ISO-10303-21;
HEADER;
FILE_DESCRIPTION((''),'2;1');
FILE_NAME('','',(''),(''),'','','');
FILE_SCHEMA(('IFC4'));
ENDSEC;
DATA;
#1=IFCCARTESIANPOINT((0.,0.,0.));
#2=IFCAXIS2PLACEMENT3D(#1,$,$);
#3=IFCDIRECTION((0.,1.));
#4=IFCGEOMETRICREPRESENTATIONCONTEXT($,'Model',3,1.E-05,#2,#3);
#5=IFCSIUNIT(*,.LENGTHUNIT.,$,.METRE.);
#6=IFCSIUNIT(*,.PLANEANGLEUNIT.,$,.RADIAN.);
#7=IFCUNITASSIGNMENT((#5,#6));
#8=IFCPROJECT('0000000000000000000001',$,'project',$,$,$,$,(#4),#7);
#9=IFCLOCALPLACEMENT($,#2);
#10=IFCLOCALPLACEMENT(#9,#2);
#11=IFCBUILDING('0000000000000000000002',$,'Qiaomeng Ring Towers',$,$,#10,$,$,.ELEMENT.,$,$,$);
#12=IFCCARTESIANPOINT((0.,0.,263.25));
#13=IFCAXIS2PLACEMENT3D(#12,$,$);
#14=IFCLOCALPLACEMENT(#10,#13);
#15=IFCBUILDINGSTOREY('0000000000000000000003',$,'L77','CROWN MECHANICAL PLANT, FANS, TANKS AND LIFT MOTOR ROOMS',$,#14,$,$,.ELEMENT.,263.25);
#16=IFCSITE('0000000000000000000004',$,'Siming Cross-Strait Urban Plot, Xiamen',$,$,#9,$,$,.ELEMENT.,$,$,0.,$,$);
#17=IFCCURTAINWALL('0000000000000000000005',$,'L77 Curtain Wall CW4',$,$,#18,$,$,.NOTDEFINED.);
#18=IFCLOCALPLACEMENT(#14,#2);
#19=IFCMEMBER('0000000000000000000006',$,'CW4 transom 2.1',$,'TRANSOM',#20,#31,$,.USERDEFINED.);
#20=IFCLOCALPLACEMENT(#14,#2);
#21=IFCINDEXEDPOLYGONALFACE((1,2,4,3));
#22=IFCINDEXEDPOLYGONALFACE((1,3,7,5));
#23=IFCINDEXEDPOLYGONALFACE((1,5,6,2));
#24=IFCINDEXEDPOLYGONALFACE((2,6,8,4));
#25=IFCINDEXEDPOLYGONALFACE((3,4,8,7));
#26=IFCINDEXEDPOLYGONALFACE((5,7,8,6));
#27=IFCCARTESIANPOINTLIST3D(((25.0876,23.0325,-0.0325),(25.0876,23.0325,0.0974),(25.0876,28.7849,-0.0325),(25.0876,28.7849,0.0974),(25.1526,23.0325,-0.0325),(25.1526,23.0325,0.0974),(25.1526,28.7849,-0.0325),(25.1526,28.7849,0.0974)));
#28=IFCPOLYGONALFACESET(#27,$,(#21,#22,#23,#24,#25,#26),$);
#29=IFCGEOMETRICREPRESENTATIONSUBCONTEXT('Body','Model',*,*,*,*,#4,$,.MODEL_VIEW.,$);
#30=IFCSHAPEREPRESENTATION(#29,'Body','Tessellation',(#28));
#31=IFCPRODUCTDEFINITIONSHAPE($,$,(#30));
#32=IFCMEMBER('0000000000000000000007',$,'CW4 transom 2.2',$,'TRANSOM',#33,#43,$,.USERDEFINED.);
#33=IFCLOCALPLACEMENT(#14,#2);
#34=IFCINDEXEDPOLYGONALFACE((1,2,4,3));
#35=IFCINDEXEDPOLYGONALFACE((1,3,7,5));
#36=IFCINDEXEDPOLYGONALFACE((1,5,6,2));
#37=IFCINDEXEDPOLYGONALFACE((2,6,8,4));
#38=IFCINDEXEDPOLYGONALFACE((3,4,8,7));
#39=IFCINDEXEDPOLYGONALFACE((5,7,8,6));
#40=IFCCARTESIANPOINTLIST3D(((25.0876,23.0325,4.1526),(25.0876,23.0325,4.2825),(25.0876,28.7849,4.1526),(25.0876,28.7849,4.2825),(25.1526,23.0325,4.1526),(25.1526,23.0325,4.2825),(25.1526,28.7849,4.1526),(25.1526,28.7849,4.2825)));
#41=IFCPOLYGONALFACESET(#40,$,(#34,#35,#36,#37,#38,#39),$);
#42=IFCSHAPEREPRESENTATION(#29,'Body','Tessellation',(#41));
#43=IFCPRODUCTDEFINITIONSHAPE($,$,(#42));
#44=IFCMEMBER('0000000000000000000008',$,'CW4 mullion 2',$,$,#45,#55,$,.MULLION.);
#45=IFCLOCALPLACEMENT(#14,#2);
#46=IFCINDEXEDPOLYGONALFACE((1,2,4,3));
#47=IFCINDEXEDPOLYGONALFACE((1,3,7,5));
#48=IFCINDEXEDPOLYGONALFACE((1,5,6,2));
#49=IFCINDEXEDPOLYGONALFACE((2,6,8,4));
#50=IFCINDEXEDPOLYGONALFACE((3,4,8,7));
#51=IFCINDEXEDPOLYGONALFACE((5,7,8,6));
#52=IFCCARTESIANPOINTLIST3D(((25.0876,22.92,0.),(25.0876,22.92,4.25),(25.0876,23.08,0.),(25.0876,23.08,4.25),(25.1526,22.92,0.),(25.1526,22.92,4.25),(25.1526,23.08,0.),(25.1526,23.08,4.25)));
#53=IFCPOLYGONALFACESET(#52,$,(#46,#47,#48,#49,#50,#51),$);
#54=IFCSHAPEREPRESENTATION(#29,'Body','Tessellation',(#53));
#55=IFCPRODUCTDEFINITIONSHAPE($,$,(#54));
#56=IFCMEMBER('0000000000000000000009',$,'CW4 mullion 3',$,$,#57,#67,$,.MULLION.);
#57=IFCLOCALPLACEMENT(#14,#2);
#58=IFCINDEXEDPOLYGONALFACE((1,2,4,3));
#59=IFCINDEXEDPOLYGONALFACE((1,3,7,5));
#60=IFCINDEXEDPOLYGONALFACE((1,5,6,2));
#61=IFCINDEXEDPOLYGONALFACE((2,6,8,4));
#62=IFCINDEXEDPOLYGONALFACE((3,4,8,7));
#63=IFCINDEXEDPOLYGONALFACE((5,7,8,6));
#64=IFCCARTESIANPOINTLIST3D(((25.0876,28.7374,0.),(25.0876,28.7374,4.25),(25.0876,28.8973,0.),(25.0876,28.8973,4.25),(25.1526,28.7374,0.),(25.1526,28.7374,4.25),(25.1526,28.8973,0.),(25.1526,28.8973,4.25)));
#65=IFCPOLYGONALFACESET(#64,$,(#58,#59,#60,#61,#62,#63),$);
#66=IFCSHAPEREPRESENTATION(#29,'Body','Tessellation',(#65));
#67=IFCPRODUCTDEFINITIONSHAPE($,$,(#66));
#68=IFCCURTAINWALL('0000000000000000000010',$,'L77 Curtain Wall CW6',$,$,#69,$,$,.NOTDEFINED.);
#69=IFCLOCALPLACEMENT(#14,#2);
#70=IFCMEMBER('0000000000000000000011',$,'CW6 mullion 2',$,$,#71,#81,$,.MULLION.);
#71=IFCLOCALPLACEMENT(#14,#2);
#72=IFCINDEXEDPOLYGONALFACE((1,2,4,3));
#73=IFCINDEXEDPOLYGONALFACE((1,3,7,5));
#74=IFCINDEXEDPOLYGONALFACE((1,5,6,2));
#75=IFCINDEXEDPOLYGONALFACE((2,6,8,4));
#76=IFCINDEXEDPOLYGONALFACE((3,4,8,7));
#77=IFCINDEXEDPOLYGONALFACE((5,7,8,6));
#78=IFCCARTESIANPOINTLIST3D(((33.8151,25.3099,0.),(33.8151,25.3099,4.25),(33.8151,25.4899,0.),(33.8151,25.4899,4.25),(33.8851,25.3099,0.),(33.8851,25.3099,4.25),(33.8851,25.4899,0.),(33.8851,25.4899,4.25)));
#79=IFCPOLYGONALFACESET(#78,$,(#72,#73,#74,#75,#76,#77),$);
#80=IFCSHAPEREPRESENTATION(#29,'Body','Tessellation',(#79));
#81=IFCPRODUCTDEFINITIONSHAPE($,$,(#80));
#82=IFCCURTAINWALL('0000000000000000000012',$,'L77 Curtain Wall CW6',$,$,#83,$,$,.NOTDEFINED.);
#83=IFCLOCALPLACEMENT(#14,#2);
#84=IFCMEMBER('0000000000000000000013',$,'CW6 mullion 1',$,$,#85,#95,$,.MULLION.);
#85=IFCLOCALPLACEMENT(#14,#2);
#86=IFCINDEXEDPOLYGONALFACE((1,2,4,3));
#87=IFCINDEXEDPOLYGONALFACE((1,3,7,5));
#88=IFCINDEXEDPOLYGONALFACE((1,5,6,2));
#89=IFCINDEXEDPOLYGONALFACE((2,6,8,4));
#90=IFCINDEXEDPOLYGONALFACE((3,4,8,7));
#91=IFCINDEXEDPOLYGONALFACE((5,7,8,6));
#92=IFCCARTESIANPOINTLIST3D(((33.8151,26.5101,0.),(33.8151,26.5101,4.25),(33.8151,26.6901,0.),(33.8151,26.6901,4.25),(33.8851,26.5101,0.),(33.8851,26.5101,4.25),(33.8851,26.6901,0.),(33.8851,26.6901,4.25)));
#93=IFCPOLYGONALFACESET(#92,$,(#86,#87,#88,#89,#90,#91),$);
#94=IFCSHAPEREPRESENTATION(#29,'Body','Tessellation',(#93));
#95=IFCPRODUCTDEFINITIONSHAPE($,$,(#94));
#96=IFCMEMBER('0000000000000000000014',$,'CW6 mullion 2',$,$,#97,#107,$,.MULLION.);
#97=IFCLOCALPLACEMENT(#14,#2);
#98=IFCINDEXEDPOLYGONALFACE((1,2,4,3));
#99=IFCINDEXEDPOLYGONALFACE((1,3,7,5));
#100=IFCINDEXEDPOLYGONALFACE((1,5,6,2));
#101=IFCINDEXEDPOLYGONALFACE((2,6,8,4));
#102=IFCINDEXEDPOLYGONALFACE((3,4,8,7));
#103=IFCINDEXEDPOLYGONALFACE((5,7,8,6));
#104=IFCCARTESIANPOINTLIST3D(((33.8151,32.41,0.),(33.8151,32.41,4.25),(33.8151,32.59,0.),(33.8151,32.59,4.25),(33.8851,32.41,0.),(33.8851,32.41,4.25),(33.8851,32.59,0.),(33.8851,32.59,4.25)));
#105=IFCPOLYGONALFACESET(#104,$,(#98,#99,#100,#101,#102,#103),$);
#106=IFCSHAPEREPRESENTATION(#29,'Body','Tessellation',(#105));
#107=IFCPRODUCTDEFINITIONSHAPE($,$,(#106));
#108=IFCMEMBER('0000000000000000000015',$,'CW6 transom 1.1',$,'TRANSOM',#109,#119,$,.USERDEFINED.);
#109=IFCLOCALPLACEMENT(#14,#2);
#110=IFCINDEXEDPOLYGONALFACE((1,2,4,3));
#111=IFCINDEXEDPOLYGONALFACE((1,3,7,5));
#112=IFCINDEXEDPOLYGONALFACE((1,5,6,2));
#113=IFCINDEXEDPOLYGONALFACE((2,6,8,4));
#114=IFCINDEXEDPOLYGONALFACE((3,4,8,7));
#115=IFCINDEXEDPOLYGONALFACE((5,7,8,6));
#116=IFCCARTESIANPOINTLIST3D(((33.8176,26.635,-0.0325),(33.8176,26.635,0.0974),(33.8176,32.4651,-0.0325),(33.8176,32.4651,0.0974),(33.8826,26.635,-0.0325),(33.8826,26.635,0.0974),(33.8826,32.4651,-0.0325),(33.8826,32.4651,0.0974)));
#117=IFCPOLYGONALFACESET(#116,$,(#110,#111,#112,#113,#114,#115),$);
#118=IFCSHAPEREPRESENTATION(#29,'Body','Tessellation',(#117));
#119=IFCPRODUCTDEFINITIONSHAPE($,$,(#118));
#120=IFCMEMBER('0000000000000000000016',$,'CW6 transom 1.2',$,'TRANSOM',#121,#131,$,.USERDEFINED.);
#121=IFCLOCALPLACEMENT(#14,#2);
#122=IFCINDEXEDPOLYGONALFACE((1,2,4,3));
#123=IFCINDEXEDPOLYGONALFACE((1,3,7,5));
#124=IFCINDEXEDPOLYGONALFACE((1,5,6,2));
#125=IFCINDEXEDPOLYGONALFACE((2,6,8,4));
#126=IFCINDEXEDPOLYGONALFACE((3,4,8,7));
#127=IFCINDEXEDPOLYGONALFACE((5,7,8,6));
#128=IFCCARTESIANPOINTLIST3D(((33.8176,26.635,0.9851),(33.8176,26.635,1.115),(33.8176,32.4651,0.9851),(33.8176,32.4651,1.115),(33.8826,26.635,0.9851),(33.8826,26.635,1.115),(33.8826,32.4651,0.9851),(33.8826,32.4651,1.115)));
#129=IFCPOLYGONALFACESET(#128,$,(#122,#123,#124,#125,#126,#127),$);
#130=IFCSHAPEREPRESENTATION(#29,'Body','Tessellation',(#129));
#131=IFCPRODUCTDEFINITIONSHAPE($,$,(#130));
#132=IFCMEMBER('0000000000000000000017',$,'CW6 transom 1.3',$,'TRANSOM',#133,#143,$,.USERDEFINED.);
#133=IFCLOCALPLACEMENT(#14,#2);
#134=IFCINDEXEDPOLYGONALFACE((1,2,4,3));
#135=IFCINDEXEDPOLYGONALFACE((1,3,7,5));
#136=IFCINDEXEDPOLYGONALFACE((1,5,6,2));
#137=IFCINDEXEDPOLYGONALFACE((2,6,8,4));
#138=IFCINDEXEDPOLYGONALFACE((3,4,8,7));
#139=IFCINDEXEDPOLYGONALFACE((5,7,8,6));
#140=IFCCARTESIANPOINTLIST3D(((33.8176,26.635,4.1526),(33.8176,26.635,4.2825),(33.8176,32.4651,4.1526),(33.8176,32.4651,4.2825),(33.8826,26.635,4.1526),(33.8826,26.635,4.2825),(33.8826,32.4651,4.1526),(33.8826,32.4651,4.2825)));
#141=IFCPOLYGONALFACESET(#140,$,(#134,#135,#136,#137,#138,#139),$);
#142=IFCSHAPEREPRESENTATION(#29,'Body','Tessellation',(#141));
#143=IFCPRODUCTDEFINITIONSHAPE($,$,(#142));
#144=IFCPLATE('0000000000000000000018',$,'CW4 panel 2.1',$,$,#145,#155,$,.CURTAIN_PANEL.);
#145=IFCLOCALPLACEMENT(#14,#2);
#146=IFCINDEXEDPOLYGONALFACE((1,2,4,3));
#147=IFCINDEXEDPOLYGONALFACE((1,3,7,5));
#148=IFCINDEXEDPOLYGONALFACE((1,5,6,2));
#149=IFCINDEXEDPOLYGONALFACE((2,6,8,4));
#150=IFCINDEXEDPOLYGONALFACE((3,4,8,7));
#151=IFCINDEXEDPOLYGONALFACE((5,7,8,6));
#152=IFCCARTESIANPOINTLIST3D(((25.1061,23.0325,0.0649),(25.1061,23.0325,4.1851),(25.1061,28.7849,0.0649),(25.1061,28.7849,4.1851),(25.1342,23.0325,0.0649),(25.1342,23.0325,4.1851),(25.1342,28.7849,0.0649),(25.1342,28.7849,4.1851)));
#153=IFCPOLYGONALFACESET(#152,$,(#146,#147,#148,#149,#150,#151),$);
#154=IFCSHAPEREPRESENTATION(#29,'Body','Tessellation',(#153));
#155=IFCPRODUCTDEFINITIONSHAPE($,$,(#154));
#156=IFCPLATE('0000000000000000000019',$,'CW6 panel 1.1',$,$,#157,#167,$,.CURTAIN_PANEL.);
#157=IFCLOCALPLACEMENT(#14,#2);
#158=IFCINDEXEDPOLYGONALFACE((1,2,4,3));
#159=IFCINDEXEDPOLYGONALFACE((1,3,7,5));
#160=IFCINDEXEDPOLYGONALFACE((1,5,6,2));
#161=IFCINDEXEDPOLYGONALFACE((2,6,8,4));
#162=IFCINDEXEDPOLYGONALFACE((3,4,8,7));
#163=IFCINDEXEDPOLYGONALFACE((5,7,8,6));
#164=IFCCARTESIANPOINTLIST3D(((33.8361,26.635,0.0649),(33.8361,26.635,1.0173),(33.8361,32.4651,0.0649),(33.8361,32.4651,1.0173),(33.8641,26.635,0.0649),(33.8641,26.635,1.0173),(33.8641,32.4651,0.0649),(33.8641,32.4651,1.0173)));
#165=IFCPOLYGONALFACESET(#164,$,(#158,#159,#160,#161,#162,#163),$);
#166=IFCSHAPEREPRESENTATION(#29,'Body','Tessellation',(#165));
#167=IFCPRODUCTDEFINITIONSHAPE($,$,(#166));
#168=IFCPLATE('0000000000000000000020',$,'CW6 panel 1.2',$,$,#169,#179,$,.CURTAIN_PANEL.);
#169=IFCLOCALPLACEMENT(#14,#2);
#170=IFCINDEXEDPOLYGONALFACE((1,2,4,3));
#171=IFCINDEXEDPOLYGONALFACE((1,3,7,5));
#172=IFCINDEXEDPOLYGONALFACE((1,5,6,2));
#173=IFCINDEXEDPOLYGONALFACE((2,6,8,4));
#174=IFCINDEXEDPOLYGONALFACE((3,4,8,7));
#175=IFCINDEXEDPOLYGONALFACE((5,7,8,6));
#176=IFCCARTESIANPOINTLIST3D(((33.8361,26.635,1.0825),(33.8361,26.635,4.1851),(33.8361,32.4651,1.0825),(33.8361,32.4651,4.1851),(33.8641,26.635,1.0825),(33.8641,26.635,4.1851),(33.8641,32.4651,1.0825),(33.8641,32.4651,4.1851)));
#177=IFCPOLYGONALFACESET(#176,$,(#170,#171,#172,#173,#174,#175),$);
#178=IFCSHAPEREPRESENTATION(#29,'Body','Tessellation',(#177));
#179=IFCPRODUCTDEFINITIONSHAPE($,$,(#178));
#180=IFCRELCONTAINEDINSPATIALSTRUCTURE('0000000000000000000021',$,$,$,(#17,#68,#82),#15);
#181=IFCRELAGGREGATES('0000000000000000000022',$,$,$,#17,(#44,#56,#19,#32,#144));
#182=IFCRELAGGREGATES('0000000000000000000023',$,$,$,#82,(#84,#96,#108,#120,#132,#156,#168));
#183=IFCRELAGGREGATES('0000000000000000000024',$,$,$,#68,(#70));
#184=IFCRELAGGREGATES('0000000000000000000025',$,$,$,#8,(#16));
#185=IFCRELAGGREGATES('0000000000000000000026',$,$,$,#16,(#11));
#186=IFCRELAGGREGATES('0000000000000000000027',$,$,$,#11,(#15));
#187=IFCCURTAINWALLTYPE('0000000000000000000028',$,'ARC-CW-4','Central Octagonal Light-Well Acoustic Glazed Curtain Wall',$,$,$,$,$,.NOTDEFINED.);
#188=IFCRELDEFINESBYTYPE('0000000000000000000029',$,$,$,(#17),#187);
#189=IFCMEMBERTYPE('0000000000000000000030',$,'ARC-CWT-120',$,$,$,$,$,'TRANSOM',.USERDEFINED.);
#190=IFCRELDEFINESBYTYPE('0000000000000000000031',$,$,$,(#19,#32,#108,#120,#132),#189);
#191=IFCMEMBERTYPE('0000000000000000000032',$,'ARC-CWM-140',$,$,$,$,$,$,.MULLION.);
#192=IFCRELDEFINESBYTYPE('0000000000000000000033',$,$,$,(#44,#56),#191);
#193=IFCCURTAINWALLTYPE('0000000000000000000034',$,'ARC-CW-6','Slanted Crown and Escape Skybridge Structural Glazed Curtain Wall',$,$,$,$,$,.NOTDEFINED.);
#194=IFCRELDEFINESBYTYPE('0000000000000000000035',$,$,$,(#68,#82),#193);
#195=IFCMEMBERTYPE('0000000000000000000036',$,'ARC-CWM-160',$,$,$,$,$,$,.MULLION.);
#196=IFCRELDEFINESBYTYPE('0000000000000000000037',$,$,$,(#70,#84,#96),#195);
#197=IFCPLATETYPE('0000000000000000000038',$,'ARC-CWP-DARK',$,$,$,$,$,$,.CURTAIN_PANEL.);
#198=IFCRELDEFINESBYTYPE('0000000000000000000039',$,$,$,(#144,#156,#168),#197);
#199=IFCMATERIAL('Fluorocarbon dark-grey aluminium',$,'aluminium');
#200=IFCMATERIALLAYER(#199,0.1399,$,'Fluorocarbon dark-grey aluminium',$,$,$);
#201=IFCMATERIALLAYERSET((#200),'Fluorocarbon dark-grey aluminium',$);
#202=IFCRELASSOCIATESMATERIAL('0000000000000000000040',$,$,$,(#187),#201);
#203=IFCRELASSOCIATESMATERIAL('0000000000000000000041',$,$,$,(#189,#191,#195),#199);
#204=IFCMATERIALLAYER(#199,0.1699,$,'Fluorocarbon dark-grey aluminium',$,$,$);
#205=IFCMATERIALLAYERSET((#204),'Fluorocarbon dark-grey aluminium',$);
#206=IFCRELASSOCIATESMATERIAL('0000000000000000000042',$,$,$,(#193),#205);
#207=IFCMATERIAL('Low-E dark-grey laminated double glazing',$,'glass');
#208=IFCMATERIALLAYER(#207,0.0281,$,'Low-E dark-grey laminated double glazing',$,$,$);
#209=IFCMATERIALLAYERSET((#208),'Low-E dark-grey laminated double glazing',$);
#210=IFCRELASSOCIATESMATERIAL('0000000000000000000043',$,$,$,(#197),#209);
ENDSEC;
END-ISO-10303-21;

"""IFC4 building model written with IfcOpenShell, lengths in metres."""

from ifc_helpers import new_model, si_unit, direction, frame, origin, origin_2d, place, context, subcontext, project, spatial, rectangle, extrude, source, transform, mapped, material, layer, layer_set, material_profile, profile_set, type_object, element, aggregate, save


model = new_model("IFC4")

# Units and contexts
model_context = context("Model", 3, precision=1e-05, world=origin(), true_north=direction((0.0, 1.0)))
body_context = subcontext(model_context, "Body", "Model", "MODEL_VIEW")
ifc_project = project(units=[si_unit("LENGTHUNIT", "METRE"), si_unit("PLANEANGLEUNIT", "RADIAN")], contexts=[model_context])

# Site, building, storey
site_placement = place(None, origin())
site = spatial("IfcSite", under=ifc_project, at=site_placement, Name="Siming Cross-Strait Urban Plot, Xiamen", CompositionType="ELEMENT", RefElevation=0.0)
building_placement = place(site_placement, origin())
building = spatial("IfcBuilding", under=site, at=building_placement, Name="Qiaomeng Ring Towers", CompositionType="ELEMENT")
storey_placement = place(building_placement, frame((0.0, 0.0, 263.25)))
storey = spatial("IfcBuildingStorey", under=building, at=storey_placement, Name="L77", Description="CROWN MECHANICAL PLANT, FANS, TANKS AND LIFT MOTOR ROOMS", CompositionType="ELEMENT", Elevation=263.25)

# Curtain wall, members
ifc_material_1 = material(Name="Fluorocarbon dark-grey aluminium", Category="aluminium")
ifc_layer_1 = layer(ifc_material_1, 0.1399, Name="Fluorocarbon dark-grey aluminium")
ifc_layer_set_1 = layer_set([ifc_layer_1], Name="Fluorocarbon dark-grey aluminium")
curtain_wall_type_1 = type_object("IfcCurtainWallType", Name="ARC-CW-4", Description="Central Octagonal Light-Well Acoustic Glazed Curtain Wall", PredefinedType="NOTDEFINED", material=ifc_layer_set_1)
curtain_wall_1_placement = place(storey_placement, origin())
curtain_wall_1 = element("IfcCurtainWall", 1, at=curtain_wall_1_placement, inside=storey, type_object=curtain_wall_type_1, Name="L77 Curtain Wall CW4", PredefinedType="NOTDEFINED")
ifc_material_profile_1 = material_profile(ifc_material_1, rectangle(XDim=0.0649, YDim=0.1299, at=origin_2d()), Name="ALU TRAN 65x130")
ifc_profile_set_1 = profile_set([ifc_material_profile_1], Name="Fluorocarbon dark-grey aluminium")
member_type_1 = type_object("IfcMemberType", Name="ARC-CWT-120", ElementType="TRANSOM", PredefinedType="USERDEFINED", material=ifc_profile_set_1)
shared_shape_1 = source(origin(), body_context, "Body", "SweptSolid", [
    extrude(rectangle(XDim=0.0649, YDim=0.1299, at=origin_2d()), origin(), (0.0, 0.0, 1.0), 5.7524),
])
member_1_placement = place(storey_placement, frame((25.1201, 23.0325, 0.0325), z_axis=(0.0, 1.0, 0.0), x_axis=(-1.0, 0.0, 0.0)))
member_1 = element("IfcMember", 2, at=member_1_placement, type_object=member_type_1, Name="CW4 transom 2.1", ObjectType="TRANSOM", PredefinedType="USERDEFINED", context=body_context, shape_type="MappedRepresentation", body=[
    mapped(shared_shape_1, transform((0.0, 0.0, 0.0), x_axis=(1.0, 0.0, 0.0), y_axis=(0.0, 1.0, 0.0), z_axis=(0.0, 0.0, 1.0), scale=1.0)),
])
member_2_placement = place(storey_placement, frame((25.1201, 23.0325, 4.2175), z_axis=(0.0, 1.0, 0.0), x_axis=(-1.0, 0.0, 0.0)))
member_2 = element("IfcMember", 3, at=member_2_placement, type_object=member_type_1, Name="CW4 transom 2.2", ObjectType="TRANSOM", PredefinedType="USERDEFINED", context=body_context, shape_type="MappedRepresentation", body=[
    mapped(shared_shape_1, transform((0.0, 0.0, 0.0), x_axis=(1.0, 0.0, 0.0), y_axis=(0.0, 1.0, 0.0), z_axis=(0.0, 0.0, 1.0), scale=1.0)),
])
ifc_material_profile_2 = material_profile(ifc_material_1, rectangle(XDim=0.0649, YDim=0.1599, at=origin_2d()), Name="ALU MULL 65x160")
ifc_profile_set_2 = profile_set([ifc_material_profile_2], Name="Fluorocarbon dark-grey aluminium")
member_type_2 = type_object("IfcMemberType", Name="ARC-CWM-140", PredefinedType="MULLION", material=ifc_profile_set_2)
shared_shape_2 = source(origin(), body_context, "Body", "SweptSolid", [
    extrude(rectangle(XDim=0.0649, YDim=0.1599, at=origin_2d()), origin(), (0.0, 0.0, 1.0), 4.25),
])
member_3_placement = place(storey_placement, frame((25.1201, 23.0, 0.0), z_axis=(0.0, 0.0, 1.0), x_axis=(-1.0, 0.0, 0.0)))
member_3 = element("IfcMember", 4, at=member_3_placement, type_object=member_type_2, Name="CW4 mullion 2", PredefinedType="MULLION", context=body_context, shape_type="MappedRepresentation", body=[
    mapped(shared_shape_2, transform((0.0, 0.0, 0.0), x_axis=(1.0, 0.0, 0.0), y_axis=(0.0, 1.0, 0.0), z_axis=(0.0, 0.0, 1.0), scale=1.0)),
])
member_4_placement = place(storey_placement, frame((25.1201, 28.8174, 0.0), z_axis=(0.0, 0.0, 1.0), x_axis=(-1.0, 0.0, 0.0)))
member_4 = element("IfcMember", 5, at=member_4_placement, type_object=member_type_2, Name="CW4 mullion 3", PredefinedType="MULLION", context=body_context, shape_type="MappedRepresentation", body=[
    mapped(shared_shape_2, transform((0.0, 0.0, 0.0), x_axis=(1.0, 0.0, 0.0), y_axis=(0.0, 1.0, 0.0), z_axis=(0.0, 0.0, 1.0), scale=1.0)),
])

# Curtain wall, member
ifc_layer_2 = layer(ifc_material_1, 0.1699, Name="Fluorocarbon dark-grey aluminium")
ifc_layer_set_2 = layer_set([ifc_layer_2], Name="Fluorocarbon dark-grey aluminium")
curtain_wall_type_2 = type_object("IfcCurtainWallType", Name="ARC-CW-6", Description="Slanted Crown and Escape Skybridge Structural Glazed Curtain Wall", PredefinedType="NOTDEFINED", material=ifc_layer_set_2)
curtain_wall_2_placement = place(storey_placement, origin())
curtain_wall_2 = element("IfcCurtainWall", 6, at=curtain_wall_2_placement, inside=storey, type_object=curtain_wall_type_2, Name="L77 Curtain Wall CW6", PredefinedType="NOTDEFINED")
ifc_material_profile_3 = material_profile(ifc_material_1, rectangle(XDim=0.0701, YDim=0.1799, at=origin_2d()), Name="ALU MULL 70x180")
ifc_profile_set_3 = profile_set([ifc_material_profile_3], Name="Fluorocarbon dark-grey aluminium")
member_type_3 = type_object("IfcMemberType", Name="ARC-CWM-160", PredefinedType="MULLION", material=ifc_profile_set_3)
shared_shape_3 = source(origin(), body_context, "Body", "SweptSolid", [
    extrude(rectangle(XDim=0.0701, YDim=0.1799, at=origin_2d()), origin(), (0.0, 0.0, 1.0), 4.25),
])
member_5_placement = place(storey_placement, frame((33.8501, 25.3999, 0.0), z_axis=(0.0, 0.0, 1.0), x_axis=(-1.0, 0.0, 0.0)))
member_5 = element("IfcMember", 7, at=member_5_placement, type_object=member_type_3, Name="CW6 mullion 2", PredefinedType="MULLION", context=body_context, shape_type="MappedRepresentation", body=[
    mapped(shared_shape_3, transform((0.0, 0.0, 0.0), x_axis=(1.0, 0.0, 0.0), y_axis=(0.0, 1.0, 0.0), z_axis=(0.0, 0.0, 1.0), scale=1.0)),
])

# Curtain wall, members
curtain_wall_3_placement = place(storey_placement, origin())
curtain_wall_3 = element("IfcCurtainWall", 8, at=curtain_wall_3_placement, inside=storey, type_object=curtain_wall_type_2, Name="L77 Curtain Wall CW6", PredefinedType="NOTDEFINED")
member_6_placement = place(storey_placement, frame((33.8501, 26.6001, 0.0), z_axis=(0.0, 0.0, 1.0), x_axis=(-1.0, 0.0, 0.0)))
member_6 = element("IfcMember", 9, at=member_6_placement, type_object=member_type_3, Name="CW6 mullion 1", PredefinedType="MULLION", context=body_context, shape_type="MappedRepresentation", body=[
    mapped(shared_shape_3, transform((0.0, 0.0, 0.0), x_axis=(1.0, 0.0, 0.0), y_axis=(0.0, 1.0, 0.0), z_axis=(0.0, 0.0, 1.0), scale=1.0)),
])
member_7_placement = place(storey_placement, frame((33.8501, 32.5, 0.0), z_axis=(0.0, 0.0, 1.0), x_axis=(-1.0, 0.0, 0.0)))
member_7 = element("IfcMember", 10, at=member_7_placement, type_object=member_type_3, Name="CW6 mullion 2", PredefinedType="MULLION", context=body_context, shape_type="MappedRepresentation", body=[
    mapped(shared_shape_3, transform((0.0, 0.0, 0.0), x_axis=(1.0, 0.0, 0.0), y_axis=(0.0, 1.0, 0.0), z_axis=(0.0, 0.0, 1.0), scale=1.0)),
])
shared_shape_4 = source(origin(), body_context, "Body", "SweptSolid", [
    extrude(rectangle(XDim=0.0649, YDim=0.1299, at=origin_2d()), origin(), (0.0, 0.0, 1.0), 5.8301),
])
member_8_placement = place(storey_placement, frame((33.8501, 26.635, 0.0325), z_axis=(0.0, 1.0, 0.0), x_axis=(-1.0, 0.0, 0.0)))
member_8 = element("IfcMember", 11, at=member_8_placement, type_object=member_type_1, Name="CW6 transom 1.1", ObjectType="TRANSOM", PredefinedType="USERDEFINED", context=body_context, shape_type="MappedRepresentation", body=[
    mapped(shared_shape_4, transform((0.0, 0.0, 0.0), x_axis=(1.0, 0.0, 0.0), y_axis=(0.0, 1.0, 0.0), z_axis=(0.0, 0.0, 1.0), scale=1.0)),
])
member_9_placement = place(storey_placement, frame((33.8501, 26.635, 1.05), z_axis=(0.0, 1.0, 0.0), x_axis=(-1.0, 0.0, 0.0)))
member_9 = element("IfcMember", 12, at=member_9_placement, type_object=member_type_1, Name="CW6 transom 1.2", ObjectType="TRANSOM", PredefinedType="USERDEFINED", context=body_context, shape_type="MappedRepresentation", body=[
    mapped(shared_shape_4, transform((0.0, 0.0, 0.0), x_axis=(1.0, 0.0, 0.0), y_axis=(0.0, 1.0, 0.0), z_axis=(0.0, 0.0, 1.0), scale=1.0)),
])
member_10_placement = place(storey_placement, frame((33.8501, 26.635, 4.2175), z_axis=(0.0, 1.0, 0.0), x_axis=(-1.0, 0.0, 0.0)))
member_10 = element("IfcMember", 13, at=member_10_placement, type_object=member_type_1, Name="CW6 transom 1.3", ObjectType="TRANSOM", PredefinedType="USERDEFINED", context=body_context, shape_type="MappedRepresentation", body=[
    mapped(shared_shape_4, transform((0.0, 0.0, 0.0), x_axis=(1.0, 0.0, 0.0), y_axis=(0.0, 1.0, 0.0), z_axis=(0.0, 0.0, 1.0), scale=1.0)),
])

# Plates
ifc_material_2 = material(Name="Low-E dark-grey laminated double glazing", Category="glass")
ifc_layer_3 = layer(ifc_material_2, 0.0281, Name="Low-E dark-grey laminated double glazing")
ifc_layer_set_3 = layer_set([ifc_layer_3], Name="Low-E dark-grey laminated double glazing")
plate_type = type_object("IfcPlateType", Name="ARC-CWP-DARK", PredefinedType="CURTAIN_PANEL", material=ifc_layer_set_3)
shared_shape_5 = source(origin(), body_context, "Body", "SweptSolid", [
    extrude(rectangle(XDim=5.7524, YDim=0.0281, at=origin_2d()), origin(), (0.0, 0.0, 1.0), 4.1201),
])
plate_1_placement = place(storey_placement, frame((25.1201, 25.9087, 0.0649), z_axis=(0.0, 0.0, 1.0), x_axis=(0.0, 1.0, 0.0)))
plate_1 = element("IfcPlate", 14, at=plate_1_placement, type_object=plate_type, Name="CW4 panel 2.1", PredefinedType="CURTAIN_PANEL", context=body_context, shape_type="MappedRepresentation", body=[
    mapped(shared_shape_5, transform((0.0, 0.0, 0.0), x_axis=(1.0, 0.0, 0.0), y_axis=(0.0, 1.0, 0.0), z_axis=(0.0, 0.0, 1.0), scale=1.0)),
])
aggregate(curtain_wall_1, [member_3, member_4, member_1, member_2, plate_1])
shared_shape_6 = source(origin(), body_context, "Body", "SweptSolid", [
    extrude(rectangle(XDim=5.8301, YDim=0.0281, at=origin_2d()), origin(), (0.0, 0.0, 1.0), 0.9524),
])
plate_2_placement = place(storey_placement, frame((33.8501, 29.55, 0.0649), z_axis=(0.0, 0.0, 1.0), x_axis=(0.0, 1.0, 0.0)))
plate_2 = element("IfcPlate", 15, at=plate_2_placement, type_object=plate_type, Name="CW6 panel 1.1", PredefinedType="CURTAIN_PANEL", context=body_context, shape_type="MappedRepresentation", body=[
    mapped(shared_shape_6, transform((0.0, 0.0, 0.0), x_axis=(1.0, 0.0, 0.0), y_axis=(0.0, 1.0, 0.0), z_axis=(0.0, 0.0, 1.0), scale=1.0)),
])
shared_shape_7 = source(origin(), body_context, "Body", "SweptSolid", [
    extrude(rectangle(XDim=5.8301, YDim=0.0281, at=origin_2d()), origin(), (0.0, 0.0, 1.0), 3.1025),
])
plate_3_placement = place(storey_placement, frame((33.8501, 29.55, 1.0825), z_axis=(0.0, 0.0, 1.0), x_axis=(0.0, 1.0, 0.0)))
plate_3 = element("IfcPlate", 16, at=plate_3_placement, type_object=plate_type, Name="CW6 panel 1.2", PredefinedType="CURTAIN_PANEL", context=body_context, shape_type="MappedRepresentation", body=[
    mapped(shared_shape_7, transform((0.0, 0.0, 0.0), x_axis=(1.0, 0.0, 0.0), y_axis=(0.0, 1.0, 0.0), z_axis=(0.0, 0.0, 1.0), scale=1.0)),
])
aggregate(curtain_wall_3, [member_6, member_7, member_8, member_9, member_10, plate_2, plate_3])
aggregate(curtain_wall_2, [member_5])

save(model, "model.ifc")
